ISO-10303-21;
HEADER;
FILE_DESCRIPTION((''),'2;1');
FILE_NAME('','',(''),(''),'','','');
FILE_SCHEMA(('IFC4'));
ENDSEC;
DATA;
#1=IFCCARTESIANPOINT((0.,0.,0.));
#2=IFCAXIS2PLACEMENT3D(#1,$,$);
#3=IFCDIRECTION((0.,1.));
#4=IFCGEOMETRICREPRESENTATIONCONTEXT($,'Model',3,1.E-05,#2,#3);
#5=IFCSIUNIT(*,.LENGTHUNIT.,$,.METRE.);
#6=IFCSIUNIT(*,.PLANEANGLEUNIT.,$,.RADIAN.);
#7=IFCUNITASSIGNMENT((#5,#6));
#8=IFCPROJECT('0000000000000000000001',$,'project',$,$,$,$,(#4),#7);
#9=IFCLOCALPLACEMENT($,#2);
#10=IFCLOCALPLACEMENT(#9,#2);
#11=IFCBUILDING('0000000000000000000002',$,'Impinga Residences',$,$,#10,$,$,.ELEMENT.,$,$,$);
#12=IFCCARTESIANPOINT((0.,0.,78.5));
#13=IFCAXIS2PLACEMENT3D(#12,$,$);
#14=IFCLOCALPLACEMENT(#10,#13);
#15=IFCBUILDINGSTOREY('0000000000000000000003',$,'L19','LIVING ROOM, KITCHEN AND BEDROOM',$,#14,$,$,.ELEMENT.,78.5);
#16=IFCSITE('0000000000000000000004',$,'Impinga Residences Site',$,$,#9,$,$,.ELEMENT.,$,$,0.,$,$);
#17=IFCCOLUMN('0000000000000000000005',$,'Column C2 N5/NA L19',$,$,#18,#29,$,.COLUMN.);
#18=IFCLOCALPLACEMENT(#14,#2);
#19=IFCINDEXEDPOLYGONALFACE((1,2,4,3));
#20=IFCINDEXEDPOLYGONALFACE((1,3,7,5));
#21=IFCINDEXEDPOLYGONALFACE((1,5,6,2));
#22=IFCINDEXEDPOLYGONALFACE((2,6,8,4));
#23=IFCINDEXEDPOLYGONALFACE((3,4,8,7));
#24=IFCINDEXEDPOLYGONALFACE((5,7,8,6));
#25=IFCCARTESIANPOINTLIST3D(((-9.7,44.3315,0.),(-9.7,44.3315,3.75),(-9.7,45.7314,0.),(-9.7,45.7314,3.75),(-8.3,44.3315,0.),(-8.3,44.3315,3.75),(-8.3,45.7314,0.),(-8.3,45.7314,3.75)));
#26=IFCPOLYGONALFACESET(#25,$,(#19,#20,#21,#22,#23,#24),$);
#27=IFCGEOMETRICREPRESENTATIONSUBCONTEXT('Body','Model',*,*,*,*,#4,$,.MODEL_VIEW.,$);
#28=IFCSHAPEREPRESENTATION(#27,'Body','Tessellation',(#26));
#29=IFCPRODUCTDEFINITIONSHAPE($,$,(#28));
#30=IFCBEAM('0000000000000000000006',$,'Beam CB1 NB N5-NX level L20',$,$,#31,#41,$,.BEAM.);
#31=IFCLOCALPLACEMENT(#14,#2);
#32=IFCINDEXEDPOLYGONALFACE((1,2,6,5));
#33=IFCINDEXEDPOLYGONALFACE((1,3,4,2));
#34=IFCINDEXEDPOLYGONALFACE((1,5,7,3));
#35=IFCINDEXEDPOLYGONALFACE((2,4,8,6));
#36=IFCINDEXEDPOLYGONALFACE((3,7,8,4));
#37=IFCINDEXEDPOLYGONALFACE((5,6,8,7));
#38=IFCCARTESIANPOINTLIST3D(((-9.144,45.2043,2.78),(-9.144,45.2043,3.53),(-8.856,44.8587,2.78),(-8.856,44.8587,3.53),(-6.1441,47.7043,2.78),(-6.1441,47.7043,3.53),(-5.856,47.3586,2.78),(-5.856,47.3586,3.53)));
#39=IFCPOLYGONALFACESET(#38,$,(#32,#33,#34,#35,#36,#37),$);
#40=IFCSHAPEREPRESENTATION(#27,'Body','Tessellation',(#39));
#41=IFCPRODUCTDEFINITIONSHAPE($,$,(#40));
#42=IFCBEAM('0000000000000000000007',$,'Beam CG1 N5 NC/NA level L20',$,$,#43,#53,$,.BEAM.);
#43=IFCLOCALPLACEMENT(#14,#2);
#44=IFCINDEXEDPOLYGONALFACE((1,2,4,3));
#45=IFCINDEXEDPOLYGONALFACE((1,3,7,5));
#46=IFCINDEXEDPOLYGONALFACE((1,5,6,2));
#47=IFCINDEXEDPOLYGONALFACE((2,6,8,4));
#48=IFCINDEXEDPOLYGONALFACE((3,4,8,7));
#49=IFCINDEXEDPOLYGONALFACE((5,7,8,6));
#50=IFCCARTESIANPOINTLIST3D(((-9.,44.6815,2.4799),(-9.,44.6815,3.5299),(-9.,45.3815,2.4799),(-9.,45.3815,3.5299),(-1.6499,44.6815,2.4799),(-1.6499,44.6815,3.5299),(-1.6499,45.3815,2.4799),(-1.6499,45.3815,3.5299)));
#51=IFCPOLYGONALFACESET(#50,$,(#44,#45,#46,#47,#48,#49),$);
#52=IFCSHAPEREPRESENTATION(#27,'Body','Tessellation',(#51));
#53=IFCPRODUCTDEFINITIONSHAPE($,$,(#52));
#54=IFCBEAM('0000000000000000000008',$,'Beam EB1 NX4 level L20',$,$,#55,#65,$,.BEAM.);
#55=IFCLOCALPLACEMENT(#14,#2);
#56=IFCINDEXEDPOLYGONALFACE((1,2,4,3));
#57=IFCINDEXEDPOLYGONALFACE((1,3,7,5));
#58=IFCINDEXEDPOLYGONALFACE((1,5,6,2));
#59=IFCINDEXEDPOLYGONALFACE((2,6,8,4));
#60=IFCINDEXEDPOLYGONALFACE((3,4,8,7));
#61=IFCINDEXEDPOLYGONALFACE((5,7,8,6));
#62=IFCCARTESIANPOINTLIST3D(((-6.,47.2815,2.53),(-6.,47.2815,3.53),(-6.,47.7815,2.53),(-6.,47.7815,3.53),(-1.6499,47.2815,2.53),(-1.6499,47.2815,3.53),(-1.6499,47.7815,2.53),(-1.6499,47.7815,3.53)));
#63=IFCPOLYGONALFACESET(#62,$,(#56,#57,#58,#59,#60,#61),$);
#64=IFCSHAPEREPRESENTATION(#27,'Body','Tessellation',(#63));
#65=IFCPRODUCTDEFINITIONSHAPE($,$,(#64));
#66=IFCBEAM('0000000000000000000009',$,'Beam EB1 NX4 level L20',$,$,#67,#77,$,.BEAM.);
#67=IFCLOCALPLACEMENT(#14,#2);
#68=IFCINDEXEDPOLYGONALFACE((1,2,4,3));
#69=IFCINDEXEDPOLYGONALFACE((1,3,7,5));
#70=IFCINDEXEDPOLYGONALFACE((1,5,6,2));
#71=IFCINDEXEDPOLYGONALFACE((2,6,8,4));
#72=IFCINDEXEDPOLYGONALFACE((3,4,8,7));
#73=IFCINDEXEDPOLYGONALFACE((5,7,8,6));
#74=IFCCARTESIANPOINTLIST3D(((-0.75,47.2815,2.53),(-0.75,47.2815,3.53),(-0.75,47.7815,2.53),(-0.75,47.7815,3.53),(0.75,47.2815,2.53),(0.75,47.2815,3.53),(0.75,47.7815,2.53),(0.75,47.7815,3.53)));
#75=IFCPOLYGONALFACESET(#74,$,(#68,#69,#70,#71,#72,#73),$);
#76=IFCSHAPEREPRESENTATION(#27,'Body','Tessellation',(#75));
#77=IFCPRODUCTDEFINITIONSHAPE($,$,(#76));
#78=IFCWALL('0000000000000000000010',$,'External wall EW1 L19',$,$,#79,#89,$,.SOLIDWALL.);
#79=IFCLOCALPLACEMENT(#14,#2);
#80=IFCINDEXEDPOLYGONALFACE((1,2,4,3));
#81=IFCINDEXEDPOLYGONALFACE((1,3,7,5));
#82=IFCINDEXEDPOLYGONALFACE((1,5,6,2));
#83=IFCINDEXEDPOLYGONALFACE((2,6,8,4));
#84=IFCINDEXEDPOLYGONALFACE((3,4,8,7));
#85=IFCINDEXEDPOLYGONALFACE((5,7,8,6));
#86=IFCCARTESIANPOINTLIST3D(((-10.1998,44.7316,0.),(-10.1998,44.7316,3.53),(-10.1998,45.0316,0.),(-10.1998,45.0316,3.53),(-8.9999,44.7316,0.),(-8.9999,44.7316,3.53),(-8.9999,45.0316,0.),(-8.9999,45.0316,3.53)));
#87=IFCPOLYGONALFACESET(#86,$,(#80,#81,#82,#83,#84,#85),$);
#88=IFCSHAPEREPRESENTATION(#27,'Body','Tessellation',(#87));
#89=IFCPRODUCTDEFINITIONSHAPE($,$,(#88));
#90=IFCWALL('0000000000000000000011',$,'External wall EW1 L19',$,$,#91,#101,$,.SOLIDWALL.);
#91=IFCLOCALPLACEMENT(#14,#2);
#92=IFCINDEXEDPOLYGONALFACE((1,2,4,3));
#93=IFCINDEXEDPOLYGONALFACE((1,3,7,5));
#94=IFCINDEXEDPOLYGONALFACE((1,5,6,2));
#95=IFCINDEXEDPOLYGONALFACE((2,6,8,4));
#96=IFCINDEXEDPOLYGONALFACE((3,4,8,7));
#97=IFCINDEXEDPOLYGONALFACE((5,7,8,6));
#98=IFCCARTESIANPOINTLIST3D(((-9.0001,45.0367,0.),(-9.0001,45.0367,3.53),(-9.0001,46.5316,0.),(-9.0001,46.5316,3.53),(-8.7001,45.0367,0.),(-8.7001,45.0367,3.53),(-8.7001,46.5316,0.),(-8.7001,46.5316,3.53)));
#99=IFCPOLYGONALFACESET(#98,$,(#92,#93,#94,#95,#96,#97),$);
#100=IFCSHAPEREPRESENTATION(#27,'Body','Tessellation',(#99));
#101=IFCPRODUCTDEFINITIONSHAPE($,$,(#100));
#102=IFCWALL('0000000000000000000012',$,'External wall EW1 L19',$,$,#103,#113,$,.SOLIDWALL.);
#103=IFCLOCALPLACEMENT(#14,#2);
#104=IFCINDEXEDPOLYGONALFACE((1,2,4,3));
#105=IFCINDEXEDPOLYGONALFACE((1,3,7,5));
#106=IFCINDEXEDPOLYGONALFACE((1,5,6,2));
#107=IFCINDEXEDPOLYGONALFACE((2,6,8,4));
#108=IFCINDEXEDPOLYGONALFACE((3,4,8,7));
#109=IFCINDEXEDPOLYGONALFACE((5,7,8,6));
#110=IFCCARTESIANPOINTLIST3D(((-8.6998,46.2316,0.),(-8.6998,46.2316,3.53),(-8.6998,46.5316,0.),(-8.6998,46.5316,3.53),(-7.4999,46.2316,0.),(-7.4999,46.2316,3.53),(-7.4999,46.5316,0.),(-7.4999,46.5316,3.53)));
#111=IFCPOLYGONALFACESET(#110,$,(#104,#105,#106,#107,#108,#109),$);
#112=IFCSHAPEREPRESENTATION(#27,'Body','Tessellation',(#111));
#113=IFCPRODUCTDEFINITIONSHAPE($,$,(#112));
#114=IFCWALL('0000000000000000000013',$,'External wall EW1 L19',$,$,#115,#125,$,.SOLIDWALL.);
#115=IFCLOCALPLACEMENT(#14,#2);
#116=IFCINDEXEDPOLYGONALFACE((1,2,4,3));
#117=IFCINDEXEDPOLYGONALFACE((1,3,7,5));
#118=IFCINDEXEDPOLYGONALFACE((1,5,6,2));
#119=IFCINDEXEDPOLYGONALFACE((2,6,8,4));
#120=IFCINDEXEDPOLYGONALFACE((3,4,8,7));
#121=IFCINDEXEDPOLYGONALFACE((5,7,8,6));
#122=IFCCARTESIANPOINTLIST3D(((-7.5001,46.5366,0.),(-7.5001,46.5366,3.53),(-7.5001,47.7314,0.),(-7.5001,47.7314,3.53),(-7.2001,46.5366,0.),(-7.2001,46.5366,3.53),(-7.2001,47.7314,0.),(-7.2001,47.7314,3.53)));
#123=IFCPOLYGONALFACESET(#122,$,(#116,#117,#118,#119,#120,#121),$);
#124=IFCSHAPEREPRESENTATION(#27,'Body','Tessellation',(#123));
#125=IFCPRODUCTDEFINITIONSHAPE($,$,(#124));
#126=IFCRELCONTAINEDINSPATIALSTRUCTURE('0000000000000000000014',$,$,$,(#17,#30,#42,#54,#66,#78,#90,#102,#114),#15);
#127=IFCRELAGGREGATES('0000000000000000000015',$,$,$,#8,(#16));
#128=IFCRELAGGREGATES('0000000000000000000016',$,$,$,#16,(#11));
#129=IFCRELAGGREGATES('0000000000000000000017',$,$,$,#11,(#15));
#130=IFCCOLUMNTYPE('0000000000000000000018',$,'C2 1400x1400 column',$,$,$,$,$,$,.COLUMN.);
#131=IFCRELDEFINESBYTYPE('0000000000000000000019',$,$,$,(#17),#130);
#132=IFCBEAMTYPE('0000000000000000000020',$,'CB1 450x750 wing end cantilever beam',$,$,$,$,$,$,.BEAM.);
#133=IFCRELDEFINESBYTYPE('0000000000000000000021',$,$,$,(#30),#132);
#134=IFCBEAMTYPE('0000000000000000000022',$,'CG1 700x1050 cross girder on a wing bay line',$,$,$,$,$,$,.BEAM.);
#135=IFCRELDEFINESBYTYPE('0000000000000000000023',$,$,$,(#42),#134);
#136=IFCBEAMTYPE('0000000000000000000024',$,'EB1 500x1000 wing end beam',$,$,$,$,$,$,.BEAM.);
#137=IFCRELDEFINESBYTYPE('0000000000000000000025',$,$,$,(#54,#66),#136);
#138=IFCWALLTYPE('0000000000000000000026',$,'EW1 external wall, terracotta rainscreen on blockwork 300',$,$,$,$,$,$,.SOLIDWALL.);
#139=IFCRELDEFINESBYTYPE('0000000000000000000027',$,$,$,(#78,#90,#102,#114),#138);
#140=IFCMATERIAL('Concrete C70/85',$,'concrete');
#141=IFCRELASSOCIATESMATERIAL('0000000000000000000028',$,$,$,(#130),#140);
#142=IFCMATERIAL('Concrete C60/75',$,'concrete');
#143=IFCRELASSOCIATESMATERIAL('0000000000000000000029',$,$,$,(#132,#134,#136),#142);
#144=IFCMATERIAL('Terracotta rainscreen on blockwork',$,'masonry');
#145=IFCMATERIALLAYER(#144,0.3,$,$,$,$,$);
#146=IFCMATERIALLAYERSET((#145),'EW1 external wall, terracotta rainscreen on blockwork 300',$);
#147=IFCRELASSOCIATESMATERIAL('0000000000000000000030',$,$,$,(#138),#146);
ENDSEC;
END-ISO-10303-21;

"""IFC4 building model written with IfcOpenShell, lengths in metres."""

from ifc_helpers import new_model, si_unit, direction, frame, frame_2d, origin, origin_2d, place, context, subcontext, project, spatial, rectangle, extrude, material, layer, layer_set, material_profile, profile_set, type_object, element, save


model = new_model("IFC4")

# Units and contexts
model_context = context("Model", 3, precision=1e-05, world=origin(), true_north=direction((0.0, 1.0)))
body_context = subcontext(model_context, "Body", "Model", "MODEL_VIEW")
ifc_project = project(units=[si_unit("LENGTHUNIT", "METRE"), si_unit("PLANEANGLEUNIT", "RADIAN")], contexts=[model_context])

# Site, building, storey
site_placement = place(None, origin())
site = spatial("IfcSite", under=ifc_project, at=site_placement, Name="Impinga Residences Site", CompositionType="ELEMENT", RefElevation=0.0)
building_placement = place(site_placement, origin())
building = spatial("IfcBuilding", under=site, at=building_placement, Name="Impinga Residences", CompositionType="ELEMENT")
storey_placement = place(building_placement, frame((0.0, 0.0, 78.5)))
storey = spatial("IfcBuildingStorey", under=building, at=storey_placement, Name="L19", Description="LIVING ROOM, KITCHEN AND BEDROOM", CompositionType="ELEMENT", Elevation=78.5)

# Column
ifc_material_1 = material(Name="Concrete C70/85", Category="concrete")
ifc_material_profile_1 = material_profile(ifc_material_1, rectangle(XDim=1.3999, YDim=1.3999, at=origin_2d()), Name="RC 1400x1400")
ifc_profile_set_1 = profile_set([ifc_material_profile_1], Name="Concrete C70/85")
column_type = type_object("IfcColumnType", Name="C2 1400x1400 column", PredefinedType="COLUMN", material=ifc_profile_set_1)
column_placement = place(storey_placement, frame((-9.0, 45.0315, 0.0), z_axis=(0.0, 0.0, 1.0), x_axis=(1.0, 0.0, 0.0)))
element("IfcColumn", 1, at=column_placement, inside=storey, type_object=column_type, Name="Column C2 N5/NA L19", PredefinedType="COLUMN", context=body_context, shape_type="SweptSolid", body=[
    extrude(rectangle(XDim=1.3999, YDim=1.3999, at=origin_2d()), origin(), (0.0, 0.0, 1.0), 3.75),
])

# Beams
ifc_material_2 = material(Name="Concrete C60/75", Category="concrete")
ifc_material_profile_2 = material_profile(ifc_material_2, rectangle(XDim=0.45, YDim=0.75, at=origin_2d()), Name="RC 450x750")
ifc_profile_set_2 = profile_set([ifc_material_profile_2], Name="Concrete C60/75")
beam_type_1 = type_object("IfcBeamType", Name="CB1 450x750 wing end cantilever beam", PredefinedType="BEAM", material=ifc_profile_set_2)
beam_1_placement = place(storey_placement, frame((-9.0, 45.0315, 3.155), z_axis=(0.768221, 0.640184, 0.0), x_axis=(-0.640184, 0.768221, 0.0)))
element("IfcBeam", 2, at=beam_1_placement, inside=storey, type_object=beam_type_1, Name="Beam CB1 NB N5-NX level L20", PredefinedType="BEAM", context=body_context, shape_type="SweptSolid", body=[
    extrude(rectangle(XDim=0.45, YDim=0.75, at=origin_2d()), origin(), (0.0, 0.0, 1.0), 3.905),
])
ifc_material_profile_3 = material_profile(ifc_material_2, rectangle(XDim=0.7, YDim=1.05, at=origin_2d()), Name="RC 700x1050")
ifc_profile_set_3 = profile_set([ifc_material_profile_3], Name="Concrete C60/75")
beam_type_2 = type_object("IfcBeamType", Name="CG1 700x1050 cross girder on a wing bay line", PredefinedType="BEAM", material=ifc_profile_set_3)
beam_2_placement = place(storey_placement, frame((-1.6499, 45.0315, 3.0049), z_axis=(-1.0, 0.0, 0.0), x_axis=(0.0, -1.0, 0.0)))
element("IfcBeam", 3, at=beam_2_placement, inside=storey, type_object=beam_type_2, Name="Beam CG1 N5 NC/NA level L20", PredefinedType="BEAM", context=body_context, shape_type="SweptSolid", body=[
    extrude(rectangle(XDim=0.7, YDim=1.05, at=origin_2d()), origin(), (0.0, 0.0, 1.0), 7.3501),
])
ifc_material_profile_4 = material_profile(ifc_material_2, rectangle(XDim=0.5, YDim=1.0, at=origin_2d()), Name="RC 500x1000")
ifc_profile_set_4 = profile_set([ifc_material_profile_4], Name="Concrete C60/75")
beam_type_3 = type_object("IfcBeamType", Name="EB1 500x1000 wing end beam", PredefinedType="BEAM", material=ifc_profile_set_4)
beam_3_placement = place(storey_placement, frame((-6.0, 47.5315, 3.03), z_axis=(1.0, 0.0, 0.0), x_axis=(0.0, 1.0, 0.0)))
element("IfcBeam", 4, at=beam_3_placement, inside=storey, type_object=beam_type_3, Name="Beam EB1 NX4 level L20", PredefinedType="BEAM", context=body_context, shape_type="SweptSolid", body=[
    extrude(rectangle(XDim=0.5, YDim=1.0, at=origin_2d()), origin(), (0.0, 0.0, 1.0), 4.3501),
])
beam_4_placement = place(storey_placement, frame((-0.75, 47.5315, 3.03), z_axis=(1.0, 0.0, 0.0), x_axis=(0.0, 1.0, 0.0)))
element("IfcBeam", 5, at=beam_4_placement, inside=storey, type_object=beam_type_3, Name="Beam EB1 NX4 level L20", PredefinedType="BEAM", context=body_context, shape_type="SweptSolid", body=[
    extrude(rectangle(XDim=0.5, YDim=1.0, at=origin_2d()), origin(), (0.0, 0.0, 1.0), 1.5),
])

# Walls
ifc_material_3 = material(Name="Terracotta rainscreen on blockwork", Category="masonry")
ifc_layer_1 = layer(ifc_material_3, 0.3)
ifc_layer_set_1 = layer_set([ifc_layer_1], Name="EW1 external wall, terracotta rainscreen on blockwork 300")
wall_type_1 = type_object("IfcWallType", Name="EW1 external wall, terracotta rainscreen on blockwork 300", PredefinedType="SOLIDWALL", material=ifc_layer_set_1)
wall_1_placement = place(storey_placement, frame((-10.2, 44.8816, 0.0), z_axis=(0.0, 0.0, 1.0), x_axis=(1.0, 0.0, 0.0)))
element("IfcWall", 6, at=wall_1_placement, inside=storey, type_object=wall_type_1, Name="External wall EW1 L19", PredefinedType="SOLIDWALL", context=body_context, shape_type="SweptSolid", body=[
    extrude(rectangle(XDim=1.2, YDim=0.3, at=frame_2d((0.6001, 0.0))), origin(), (0.0, 0.0, 1.0), 3.53),
])
wall_2_placement = place(storey_placement, frame((-8.8501, 45.0366, 0.0), z_axis=(0.0, 0.0, 1.0), x_axis=(0.0, 1.0, 0.0)))
element("IfcWall", 7, at=wall_2_placement, inside=storey, type_object=wall_type_1, Name="External wall EW1 L19", PredefinedType="SOLIDWALL", context=body_context, shape_type="SweptSolid", body=[
    extrude(rectangle(XDim=1.4949, YDim=0.3, at=frame_2d((0.7476, 0.0))), origin(), (0.0, 0.0, 1.0), 3.53),
])
wall_3_placement = place(storey_placement, frame((-8.7, 46.3816, 0.0), z_axis=(0.0, 0.0, 1.0), x_axis=(1.0, 0.0, 0.0)))
element("IfcWall", 8, at=wall_3_placement, inside=storey, type_object=wall_type_1, Name="External wall EW1 L19", PredefinedType="SOLIDWALL", context=body_context, shape_type="SweptSolid", body=[
    extrude(rectangle(XDim=1.2, YDim=0.3, at=frame_2d((0.6001, 0.0))), origin(), (0.0, 0.0, 1.0), 3.53),
])
wall_4_placement = place(storey_placement, frame((-7.3501, 46.5366, 0.0), z_axis=(0.0, 0.0, 1.0), x_axis=(0.0, 1.0, 0.0)))
element("IfcWall", 9, at=wall_4_placement, inside=storey, type_object=wall_type_1, Name="External wall EW1 L19", PredefinedType="SOLIDWALL", context=body_context, shape_type="SweptSolid", body=[
    extrude(rectangle(XDim=1.1948, YDim=0.3, at=frame_2d((0.5974, 0.0))), origin(), (0.0, 0.0, 1.0), 3.53),
])

save(model, "model.ifc")
